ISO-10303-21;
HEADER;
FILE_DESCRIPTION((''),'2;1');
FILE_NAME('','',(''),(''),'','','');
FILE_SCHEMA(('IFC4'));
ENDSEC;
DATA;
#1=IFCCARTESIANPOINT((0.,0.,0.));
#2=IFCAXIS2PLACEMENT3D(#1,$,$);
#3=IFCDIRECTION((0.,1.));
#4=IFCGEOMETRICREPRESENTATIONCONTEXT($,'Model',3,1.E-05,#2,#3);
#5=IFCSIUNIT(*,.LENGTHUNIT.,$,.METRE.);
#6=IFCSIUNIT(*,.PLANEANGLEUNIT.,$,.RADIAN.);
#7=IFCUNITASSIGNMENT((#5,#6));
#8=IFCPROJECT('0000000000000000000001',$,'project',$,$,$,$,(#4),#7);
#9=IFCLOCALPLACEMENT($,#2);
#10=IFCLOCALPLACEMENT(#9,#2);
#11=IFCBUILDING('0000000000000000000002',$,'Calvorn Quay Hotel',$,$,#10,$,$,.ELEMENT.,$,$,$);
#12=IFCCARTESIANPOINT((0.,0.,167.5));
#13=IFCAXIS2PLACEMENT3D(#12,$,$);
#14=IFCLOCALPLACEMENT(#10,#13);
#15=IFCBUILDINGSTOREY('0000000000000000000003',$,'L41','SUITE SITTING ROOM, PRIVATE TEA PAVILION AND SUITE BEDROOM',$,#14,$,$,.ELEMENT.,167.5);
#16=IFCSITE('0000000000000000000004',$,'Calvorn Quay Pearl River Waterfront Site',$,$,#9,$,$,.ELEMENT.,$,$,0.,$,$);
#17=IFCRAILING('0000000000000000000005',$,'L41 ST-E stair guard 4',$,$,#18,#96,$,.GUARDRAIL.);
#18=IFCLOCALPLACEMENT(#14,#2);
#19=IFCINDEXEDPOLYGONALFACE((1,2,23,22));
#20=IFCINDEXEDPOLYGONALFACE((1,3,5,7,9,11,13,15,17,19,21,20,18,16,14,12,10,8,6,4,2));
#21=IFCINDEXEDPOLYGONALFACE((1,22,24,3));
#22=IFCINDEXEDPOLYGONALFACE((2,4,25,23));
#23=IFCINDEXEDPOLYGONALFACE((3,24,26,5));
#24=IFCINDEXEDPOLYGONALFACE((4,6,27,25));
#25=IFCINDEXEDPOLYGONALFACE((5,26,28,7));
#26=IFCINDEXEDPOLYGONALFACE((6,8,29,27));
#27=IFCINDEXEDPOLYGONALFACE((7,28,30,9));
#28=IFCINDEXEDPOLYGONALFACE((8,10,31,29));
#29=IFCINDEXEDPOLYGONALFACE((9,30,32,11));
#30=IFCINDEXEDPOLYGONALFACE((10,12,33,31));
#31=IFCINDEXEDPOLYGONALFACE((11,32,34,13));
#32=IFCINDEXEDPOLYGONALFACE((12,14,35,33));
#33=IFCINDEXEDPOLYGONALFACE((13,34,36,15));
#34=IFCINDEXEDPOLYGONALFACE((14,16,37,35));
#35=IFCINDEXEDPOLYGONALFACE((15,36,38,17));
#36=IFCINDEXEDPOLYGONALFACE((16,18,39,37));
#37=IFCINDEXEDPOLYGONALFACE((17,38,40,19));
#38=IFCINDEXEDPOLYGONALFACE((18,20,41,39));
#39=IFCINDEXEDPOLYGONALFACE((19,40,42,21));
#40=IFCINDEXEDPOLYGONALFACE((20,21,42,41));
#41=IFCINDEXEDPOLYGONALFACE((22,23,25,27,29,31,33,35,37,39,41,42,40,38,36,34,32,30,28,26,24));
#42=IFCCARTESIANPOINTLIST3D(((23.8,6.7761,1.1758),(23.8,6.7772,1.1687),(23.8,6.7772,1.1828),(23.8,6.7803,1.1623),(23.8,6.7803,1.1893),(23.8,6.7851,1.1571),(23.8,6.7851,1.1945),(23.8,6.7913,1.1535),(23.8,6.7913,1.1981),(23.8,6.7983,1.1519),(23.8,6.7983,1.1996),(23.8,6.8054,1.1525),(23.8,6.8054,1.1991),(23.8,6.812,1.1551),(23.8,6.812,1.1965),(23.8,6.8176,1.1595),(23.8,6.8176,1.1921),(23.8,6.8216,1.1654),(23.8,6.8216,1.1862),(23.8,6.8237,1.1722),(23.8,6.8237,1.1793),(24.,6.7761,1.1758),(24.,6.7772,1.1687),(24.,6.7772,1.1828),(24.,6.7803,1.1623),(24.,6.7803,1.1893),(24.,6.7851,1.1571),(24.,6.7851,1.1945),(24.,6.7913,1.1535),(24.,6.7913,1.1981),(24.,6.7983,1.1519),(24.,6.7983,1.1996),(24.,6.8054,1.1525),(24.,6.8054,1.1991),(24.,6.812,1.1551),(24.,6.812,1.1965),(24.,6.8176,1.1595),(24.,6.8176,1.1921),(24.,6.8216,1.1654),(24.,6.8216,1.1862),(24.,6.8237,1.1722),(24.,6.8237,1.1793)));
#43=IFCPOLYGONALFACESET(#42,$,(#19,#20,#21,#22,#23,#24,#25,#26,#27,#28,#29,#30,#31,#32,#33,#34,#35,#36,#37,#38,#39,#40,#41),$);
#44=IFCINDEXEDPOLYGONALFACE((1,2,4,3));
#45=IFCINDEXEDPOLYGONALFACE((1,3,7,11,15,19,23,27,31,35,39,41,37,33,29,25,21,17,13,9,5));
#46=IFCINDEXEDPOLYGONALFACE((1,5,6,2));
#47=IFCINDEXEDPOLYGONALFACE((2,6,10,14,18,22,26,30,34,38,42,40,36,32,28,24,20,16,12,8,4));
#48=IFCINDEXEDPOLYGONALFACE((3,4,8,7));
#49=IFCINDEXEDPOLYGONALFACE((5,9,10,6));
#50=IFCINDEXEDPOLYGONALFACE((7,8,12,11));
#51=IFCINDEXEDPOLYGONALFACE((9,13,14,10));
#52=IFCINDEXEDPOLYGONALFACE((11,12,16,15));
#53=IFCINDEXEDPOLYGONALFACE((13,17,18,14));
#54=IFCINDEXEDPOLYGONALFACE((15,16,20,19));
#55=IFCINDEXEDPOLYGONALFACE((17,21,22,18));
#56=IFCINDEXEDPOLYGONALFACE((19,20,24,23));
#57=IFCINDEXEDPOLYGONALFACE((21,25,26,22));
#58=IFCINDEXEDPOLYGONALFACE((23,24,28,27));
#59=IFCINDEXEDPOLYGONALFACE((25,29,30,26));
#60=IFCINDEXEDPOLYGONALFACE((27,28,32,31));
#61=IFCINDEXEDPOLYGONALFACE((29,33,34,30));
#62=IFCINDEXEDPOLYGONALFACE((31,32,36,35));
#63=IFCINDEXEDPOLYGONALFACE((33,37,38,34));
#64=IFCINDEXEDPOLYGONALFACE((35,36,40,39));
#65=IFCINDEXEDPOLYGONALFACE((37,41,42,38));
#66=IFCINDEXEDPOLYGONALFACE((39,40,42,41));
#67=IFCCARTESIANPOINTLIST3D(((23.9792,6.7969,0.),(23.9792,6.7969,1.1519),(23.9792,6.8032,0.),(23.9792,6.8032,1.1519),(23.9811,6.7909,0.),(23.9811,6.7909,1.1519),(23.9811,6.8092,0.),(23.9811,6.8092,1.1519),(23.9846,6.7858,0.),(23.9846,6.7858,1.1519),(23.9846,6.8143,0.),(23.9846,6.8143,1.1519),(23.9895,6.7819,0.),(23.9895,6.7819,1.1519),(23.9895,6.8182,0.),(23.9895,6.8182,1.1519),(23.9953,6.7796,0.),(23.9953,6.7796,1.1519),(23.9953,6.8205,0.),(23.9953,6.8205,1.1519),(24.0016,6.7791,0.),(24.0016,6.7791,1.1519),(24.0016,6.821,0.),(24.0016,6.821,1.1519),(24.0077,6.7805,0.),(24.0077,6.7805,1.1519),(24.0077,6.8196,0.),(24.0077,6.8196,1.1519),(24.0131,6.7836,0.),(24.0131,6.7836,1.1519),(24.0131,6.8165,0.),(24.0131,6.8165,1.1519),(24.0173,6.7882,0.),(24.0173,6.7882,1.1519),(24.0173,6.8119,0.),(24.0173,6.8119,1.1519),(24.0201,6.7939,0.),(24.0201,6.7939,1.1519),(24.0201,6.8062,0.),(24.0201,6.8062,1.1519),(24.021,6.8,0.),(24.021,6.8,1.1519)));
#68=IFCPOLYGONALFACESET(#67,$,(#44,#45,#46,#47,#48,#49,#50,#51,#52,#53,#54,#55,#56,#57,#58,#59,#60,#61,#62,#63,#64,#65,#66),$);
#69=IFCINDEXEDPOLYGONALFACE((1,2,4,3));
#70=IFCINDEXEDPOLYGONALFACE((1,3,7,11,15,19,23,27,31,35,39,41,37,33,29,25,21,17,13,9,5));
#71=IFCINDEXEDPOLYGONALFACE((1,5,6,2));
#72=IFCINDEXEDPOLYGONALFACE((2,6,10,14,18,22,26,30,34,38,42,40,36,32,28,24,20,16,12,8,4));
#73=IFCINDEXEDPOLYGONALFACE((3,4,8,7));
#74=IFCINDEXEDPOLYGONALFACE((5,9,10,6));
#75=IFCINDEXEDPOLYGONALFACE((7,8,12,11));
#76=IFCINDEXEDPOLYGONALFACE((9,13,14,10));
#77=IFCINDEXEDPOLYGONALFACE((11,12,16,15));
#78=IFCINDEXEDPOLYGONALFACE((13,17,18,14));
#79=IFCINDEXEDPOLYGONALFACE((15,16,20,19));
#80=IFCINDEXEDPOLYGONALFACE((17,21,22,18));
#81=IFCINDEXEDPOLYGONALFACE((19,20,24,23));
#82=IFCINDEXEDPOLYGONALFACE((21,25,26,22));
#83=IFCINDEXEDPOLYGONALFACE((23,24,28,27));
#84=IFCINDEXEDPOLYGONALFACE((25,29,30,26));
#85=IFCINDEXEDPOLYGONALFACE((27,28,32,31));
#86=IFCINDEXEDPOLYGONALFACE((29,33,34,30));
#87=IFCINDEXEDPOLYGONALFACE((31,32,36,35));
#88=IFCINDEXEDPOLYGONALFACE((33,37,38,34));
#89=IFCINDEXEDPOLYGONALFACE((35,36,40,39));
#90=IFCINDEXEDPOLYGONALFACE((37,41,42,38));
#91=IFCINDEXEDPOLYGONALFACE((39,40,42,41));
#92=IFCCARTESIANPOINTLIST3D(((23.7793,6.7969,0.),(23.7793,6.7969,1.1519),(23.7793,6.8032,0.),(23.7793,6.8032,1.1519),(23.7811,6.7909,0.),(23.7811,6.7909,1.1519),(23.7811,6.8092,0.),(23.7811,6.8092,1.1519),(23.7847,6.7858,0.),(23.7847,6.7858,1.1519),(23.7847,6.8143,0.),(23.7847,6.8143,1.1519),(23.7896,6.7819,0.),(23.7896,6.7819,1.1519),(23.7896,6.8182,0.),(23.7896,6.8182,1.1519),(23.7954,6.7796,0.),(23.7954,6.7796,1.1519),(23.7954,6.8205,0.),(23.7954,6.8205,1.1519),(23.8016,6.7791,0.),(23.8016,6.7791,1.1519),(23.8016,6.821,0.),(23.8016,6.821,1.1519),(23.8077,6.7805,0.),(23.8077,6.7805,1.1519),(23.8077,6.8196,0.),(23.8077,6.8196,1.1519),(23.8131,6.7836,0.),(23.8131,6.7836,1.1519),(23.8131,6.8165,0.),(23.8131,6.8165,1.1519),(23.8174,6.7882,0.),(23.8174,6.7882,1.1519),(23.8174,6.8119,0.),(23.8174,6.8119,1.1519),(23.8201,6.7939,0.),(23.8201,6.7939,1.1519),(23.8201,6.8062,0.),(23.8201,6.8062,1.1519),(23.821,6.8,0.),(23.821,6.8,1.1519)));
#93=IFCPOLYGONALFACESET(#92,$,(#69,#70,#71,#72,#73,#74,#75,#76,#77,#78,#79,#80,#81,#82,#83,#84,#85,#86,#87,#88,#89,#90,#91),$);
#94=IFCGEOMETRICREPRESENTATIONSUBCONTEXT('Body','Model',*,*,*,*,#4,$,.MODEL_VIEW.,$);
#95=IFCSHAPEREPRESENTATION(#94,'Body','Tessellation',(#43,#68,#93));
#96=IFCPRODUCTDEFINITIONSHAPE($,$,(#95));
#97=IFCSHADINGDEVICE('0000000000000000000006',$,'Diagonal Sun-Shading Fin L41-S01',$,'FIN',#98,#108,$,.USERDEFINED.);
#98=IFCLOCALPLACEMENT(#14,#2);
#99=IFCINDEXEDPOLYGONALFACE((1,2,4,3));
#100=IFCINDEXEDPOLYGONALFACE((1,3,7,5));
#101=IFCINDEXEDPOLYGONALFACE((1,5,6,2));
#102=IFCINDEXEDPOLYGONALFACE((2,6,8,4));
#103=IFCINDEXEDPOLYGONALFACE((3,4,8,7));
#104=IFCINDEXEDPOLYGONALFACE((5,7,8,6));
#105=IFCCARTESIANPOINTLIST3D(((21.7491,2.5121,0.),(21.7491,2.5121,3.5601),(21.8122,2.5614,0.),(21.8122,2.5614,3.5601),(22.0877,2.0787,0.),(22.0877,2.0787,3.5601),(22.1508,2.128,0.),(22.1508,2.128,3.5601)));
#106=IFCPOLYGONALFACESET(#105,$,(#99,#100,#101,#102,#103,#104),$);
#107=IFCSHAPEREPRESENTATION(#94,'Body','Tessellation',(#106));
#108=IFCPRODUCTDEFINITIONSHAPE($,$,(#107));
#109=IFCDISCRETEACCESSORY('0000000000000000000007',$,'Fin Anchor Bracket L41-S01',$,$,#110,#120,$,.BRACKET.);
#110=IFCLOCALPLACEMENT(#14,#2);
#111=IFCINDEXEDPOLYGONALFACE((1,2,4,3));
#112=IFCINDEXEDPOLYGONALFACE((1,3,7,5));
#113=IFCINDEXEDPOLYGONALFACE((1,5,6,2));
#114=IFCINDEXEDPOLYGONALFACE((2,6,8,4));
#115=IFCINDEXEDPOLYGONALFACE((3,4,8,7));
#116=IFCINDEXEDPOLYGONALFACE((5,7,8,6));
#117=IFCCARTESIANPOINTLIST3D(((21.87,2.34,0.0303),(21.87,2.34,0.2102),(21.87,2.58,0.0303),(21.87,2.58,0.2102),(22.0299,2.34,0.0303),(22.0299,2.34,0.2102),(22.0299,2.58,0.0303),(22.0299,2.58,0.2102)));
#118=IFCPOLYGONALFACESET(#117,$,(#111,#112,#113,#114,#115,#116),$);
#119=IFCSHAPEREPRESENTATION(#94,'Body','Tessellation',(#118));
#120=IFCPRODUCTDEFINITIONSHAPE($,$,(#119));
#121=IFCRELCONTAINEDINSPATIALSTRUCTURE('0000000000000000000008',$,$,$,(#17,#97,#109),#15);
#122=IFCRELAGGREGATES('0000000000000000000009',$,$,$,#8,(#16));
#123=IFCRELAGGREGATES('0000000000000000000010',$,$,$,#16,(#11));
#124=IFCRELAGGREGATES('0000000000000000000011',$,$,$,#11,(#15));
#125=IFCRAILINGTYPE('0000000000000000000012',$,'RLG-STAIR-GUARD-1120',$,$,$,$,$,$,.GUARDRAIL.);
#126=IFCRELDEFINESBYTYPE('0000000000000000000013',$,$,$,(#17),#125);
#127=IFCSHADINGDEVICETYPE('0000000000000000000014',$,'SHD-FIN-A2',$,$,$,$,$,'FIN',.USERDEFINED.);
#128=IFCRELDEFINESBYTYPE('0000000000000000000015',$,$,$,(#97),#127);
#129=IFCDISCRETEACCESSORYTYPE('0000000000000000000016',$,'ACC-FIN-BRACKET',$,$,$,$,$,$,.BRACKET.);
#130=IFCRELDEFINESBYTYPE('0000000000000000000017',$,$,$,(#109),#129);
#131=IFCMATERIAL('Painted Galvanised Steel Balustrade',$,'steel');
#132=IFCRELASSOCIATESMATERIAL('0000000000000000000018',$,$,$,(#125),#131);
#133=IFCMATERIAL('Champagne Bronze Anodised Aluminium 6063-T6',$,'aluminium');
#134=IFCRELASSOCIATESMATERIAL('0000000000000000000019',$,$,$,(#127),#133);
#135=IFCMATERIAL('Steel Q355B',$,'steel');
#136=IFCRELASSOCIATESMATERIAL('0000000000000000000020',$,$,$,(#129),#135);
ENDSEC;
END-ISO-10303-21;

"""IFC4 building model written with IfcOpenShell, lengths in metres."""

from ifc_helpers import new_model, si_unit, direction, frame, origin, origin_2d, place, context, subcontext, project, spatial, rectangle, circle, extrude, material, type_object, element, save


model = new_model("IFC4")

# Units and contexts
model_context = context("Model", 3, precision=1e-05, world=origin(), true_north=direction((0.0, 1.0)))
body_context = subcontext(model_context, "Body", "Model", "MODEL_VIEW")
ifc_project = project(units=[si_unit("LENGTHUNIT", "METRE"), si_unit("PLANEANGLEUNIT", "RADIAN")], contexts=[model_context])

# Site, building, storey
site_placement = place(None, origin())
site = spatial("IfcSite", under=ifc_project, at=site_placement, Name="Calvorn Quay Pearl River Waterfront Site", CompositionType="ELEMENT", RefElevation=0.0)
building_placement = place(site_placement, origin())
building = spatial("IfcBuilding", under=site, at=building_placement, Name="Calvorn Quay Hotel", CompositionType="ELEMENT")
storey_placement = place(building_placement, frame((0.0, 0.0, 167.5)))
storey = spatial("IfcBuildingStorey", under=building, at=storey_placement, Name="L41", Description="SUITE SITTING ROOM, PRIVATE TEA PAVILION AND SUITE BEDROOM", CompositionType="ELEMENT", Elevation=167.5)

# Railing
ifc_material_1 = material(Name="Painted Galvanised Steel Balustrade", Category="steel")
railing_type_1 = type_object("IfcRailingType", Name="RLG-STAIR-GUARD-1120", PredefinedType="GUARDRAIL", material=ifc_material_1)
railing_1_placement = place(storey_placement, frame((24.0, 6.8, 0.0)))
element("IfcRailing", 1, at=railing_1_placement, inside=storey, type_object=railing_type_1, Name="L41 ST-E stair guard 4", PredefinedType="GUARDRAIL", context=body_context, shape_type="SweptSolid", body=[
    extrude(circle(Radius=0.0239, at=origin_2d()), frame((0.0, 0.0, 1.1758), z_axis=(-1.0, 0.0, 0.0), x_axis=(0.0, -1.0, 0.0)), (0.0, 0.0, 1.0), 0.2),
    extrude(circle(Radius=0.021, at=origin_2d()), origin(), (0.0, 0.0, 1.0), 1.1519),
    extrude(circle(Radius=0.021, at=origin_2d()), frame((-0.2, 0.0, 0.0)), (0.0, 0.0, 1.0), 1.1519),
])

# Shading device
ifc_material_2 = material(Name="Champagne Bronze Anodised Aluminium 6063-T6", Category="aluminium")
shading_device_type = type_object("IfcShadingDeviceType", Name="SHD-FIN-A2", ElementType="FIN", PredefinedType="USERDEFINED", material=ifc_material_2)
shading_device_placement = place(storey_placement, frame((21.95, 2.3201, 0.0), z_axis=(0.0, 0.0, 1.0), x_axis=(-0.615661, 0.788011, 0.0)))
element("IfcShadingDevice", 2, at=shading_device_placement, inside=storey, type_object=shading_device_type, Name="Diagonal Sun-Shading Fin L41-S01", ObjectType="FIN", PredefinedType="USERDEFINED", context=body_context, shape_type="SweptSolid", body=[
    extrude(rectangle(XDim=0.55, YDim=0.0801, at=origin_2d()), origin(), (0.0, 0.0, 1.0), 3.5601),
])

# Discrete accessory
ifc_material_3 = material(Name="Steel Q355B", Category="steel")
discrete_accessory_type = type_object("IfcDiscreteAccessoryType", Name="ACC-FIN-BRACKET", PredefinedType="BRACKET", material=ifc_material_3)
discrete_accessory_placement = place(storey_placement, frame((21.95, 2.46, 0.0303), z_axis=(0.0, 0.0, 1.0), x_axis=(0.0, 1.0, 0.0)))
element("IfcDiscreteAccessory", 3, at=discrete_accessory_placement, inside=storey, type_object=discrete_accessory_type, Name="Fin Anchor Bracket L41-S01", PredefinedType="BRACKET", context=body_context, shape_type="SweptSolid", body=[
    extrude(rectangle(XDim=0.24, YDim=0.1599, at=origin_2d()), origin(), (0.0, 0.0, 1.0), 0.1799),
])

save(model, "model.ifc")
